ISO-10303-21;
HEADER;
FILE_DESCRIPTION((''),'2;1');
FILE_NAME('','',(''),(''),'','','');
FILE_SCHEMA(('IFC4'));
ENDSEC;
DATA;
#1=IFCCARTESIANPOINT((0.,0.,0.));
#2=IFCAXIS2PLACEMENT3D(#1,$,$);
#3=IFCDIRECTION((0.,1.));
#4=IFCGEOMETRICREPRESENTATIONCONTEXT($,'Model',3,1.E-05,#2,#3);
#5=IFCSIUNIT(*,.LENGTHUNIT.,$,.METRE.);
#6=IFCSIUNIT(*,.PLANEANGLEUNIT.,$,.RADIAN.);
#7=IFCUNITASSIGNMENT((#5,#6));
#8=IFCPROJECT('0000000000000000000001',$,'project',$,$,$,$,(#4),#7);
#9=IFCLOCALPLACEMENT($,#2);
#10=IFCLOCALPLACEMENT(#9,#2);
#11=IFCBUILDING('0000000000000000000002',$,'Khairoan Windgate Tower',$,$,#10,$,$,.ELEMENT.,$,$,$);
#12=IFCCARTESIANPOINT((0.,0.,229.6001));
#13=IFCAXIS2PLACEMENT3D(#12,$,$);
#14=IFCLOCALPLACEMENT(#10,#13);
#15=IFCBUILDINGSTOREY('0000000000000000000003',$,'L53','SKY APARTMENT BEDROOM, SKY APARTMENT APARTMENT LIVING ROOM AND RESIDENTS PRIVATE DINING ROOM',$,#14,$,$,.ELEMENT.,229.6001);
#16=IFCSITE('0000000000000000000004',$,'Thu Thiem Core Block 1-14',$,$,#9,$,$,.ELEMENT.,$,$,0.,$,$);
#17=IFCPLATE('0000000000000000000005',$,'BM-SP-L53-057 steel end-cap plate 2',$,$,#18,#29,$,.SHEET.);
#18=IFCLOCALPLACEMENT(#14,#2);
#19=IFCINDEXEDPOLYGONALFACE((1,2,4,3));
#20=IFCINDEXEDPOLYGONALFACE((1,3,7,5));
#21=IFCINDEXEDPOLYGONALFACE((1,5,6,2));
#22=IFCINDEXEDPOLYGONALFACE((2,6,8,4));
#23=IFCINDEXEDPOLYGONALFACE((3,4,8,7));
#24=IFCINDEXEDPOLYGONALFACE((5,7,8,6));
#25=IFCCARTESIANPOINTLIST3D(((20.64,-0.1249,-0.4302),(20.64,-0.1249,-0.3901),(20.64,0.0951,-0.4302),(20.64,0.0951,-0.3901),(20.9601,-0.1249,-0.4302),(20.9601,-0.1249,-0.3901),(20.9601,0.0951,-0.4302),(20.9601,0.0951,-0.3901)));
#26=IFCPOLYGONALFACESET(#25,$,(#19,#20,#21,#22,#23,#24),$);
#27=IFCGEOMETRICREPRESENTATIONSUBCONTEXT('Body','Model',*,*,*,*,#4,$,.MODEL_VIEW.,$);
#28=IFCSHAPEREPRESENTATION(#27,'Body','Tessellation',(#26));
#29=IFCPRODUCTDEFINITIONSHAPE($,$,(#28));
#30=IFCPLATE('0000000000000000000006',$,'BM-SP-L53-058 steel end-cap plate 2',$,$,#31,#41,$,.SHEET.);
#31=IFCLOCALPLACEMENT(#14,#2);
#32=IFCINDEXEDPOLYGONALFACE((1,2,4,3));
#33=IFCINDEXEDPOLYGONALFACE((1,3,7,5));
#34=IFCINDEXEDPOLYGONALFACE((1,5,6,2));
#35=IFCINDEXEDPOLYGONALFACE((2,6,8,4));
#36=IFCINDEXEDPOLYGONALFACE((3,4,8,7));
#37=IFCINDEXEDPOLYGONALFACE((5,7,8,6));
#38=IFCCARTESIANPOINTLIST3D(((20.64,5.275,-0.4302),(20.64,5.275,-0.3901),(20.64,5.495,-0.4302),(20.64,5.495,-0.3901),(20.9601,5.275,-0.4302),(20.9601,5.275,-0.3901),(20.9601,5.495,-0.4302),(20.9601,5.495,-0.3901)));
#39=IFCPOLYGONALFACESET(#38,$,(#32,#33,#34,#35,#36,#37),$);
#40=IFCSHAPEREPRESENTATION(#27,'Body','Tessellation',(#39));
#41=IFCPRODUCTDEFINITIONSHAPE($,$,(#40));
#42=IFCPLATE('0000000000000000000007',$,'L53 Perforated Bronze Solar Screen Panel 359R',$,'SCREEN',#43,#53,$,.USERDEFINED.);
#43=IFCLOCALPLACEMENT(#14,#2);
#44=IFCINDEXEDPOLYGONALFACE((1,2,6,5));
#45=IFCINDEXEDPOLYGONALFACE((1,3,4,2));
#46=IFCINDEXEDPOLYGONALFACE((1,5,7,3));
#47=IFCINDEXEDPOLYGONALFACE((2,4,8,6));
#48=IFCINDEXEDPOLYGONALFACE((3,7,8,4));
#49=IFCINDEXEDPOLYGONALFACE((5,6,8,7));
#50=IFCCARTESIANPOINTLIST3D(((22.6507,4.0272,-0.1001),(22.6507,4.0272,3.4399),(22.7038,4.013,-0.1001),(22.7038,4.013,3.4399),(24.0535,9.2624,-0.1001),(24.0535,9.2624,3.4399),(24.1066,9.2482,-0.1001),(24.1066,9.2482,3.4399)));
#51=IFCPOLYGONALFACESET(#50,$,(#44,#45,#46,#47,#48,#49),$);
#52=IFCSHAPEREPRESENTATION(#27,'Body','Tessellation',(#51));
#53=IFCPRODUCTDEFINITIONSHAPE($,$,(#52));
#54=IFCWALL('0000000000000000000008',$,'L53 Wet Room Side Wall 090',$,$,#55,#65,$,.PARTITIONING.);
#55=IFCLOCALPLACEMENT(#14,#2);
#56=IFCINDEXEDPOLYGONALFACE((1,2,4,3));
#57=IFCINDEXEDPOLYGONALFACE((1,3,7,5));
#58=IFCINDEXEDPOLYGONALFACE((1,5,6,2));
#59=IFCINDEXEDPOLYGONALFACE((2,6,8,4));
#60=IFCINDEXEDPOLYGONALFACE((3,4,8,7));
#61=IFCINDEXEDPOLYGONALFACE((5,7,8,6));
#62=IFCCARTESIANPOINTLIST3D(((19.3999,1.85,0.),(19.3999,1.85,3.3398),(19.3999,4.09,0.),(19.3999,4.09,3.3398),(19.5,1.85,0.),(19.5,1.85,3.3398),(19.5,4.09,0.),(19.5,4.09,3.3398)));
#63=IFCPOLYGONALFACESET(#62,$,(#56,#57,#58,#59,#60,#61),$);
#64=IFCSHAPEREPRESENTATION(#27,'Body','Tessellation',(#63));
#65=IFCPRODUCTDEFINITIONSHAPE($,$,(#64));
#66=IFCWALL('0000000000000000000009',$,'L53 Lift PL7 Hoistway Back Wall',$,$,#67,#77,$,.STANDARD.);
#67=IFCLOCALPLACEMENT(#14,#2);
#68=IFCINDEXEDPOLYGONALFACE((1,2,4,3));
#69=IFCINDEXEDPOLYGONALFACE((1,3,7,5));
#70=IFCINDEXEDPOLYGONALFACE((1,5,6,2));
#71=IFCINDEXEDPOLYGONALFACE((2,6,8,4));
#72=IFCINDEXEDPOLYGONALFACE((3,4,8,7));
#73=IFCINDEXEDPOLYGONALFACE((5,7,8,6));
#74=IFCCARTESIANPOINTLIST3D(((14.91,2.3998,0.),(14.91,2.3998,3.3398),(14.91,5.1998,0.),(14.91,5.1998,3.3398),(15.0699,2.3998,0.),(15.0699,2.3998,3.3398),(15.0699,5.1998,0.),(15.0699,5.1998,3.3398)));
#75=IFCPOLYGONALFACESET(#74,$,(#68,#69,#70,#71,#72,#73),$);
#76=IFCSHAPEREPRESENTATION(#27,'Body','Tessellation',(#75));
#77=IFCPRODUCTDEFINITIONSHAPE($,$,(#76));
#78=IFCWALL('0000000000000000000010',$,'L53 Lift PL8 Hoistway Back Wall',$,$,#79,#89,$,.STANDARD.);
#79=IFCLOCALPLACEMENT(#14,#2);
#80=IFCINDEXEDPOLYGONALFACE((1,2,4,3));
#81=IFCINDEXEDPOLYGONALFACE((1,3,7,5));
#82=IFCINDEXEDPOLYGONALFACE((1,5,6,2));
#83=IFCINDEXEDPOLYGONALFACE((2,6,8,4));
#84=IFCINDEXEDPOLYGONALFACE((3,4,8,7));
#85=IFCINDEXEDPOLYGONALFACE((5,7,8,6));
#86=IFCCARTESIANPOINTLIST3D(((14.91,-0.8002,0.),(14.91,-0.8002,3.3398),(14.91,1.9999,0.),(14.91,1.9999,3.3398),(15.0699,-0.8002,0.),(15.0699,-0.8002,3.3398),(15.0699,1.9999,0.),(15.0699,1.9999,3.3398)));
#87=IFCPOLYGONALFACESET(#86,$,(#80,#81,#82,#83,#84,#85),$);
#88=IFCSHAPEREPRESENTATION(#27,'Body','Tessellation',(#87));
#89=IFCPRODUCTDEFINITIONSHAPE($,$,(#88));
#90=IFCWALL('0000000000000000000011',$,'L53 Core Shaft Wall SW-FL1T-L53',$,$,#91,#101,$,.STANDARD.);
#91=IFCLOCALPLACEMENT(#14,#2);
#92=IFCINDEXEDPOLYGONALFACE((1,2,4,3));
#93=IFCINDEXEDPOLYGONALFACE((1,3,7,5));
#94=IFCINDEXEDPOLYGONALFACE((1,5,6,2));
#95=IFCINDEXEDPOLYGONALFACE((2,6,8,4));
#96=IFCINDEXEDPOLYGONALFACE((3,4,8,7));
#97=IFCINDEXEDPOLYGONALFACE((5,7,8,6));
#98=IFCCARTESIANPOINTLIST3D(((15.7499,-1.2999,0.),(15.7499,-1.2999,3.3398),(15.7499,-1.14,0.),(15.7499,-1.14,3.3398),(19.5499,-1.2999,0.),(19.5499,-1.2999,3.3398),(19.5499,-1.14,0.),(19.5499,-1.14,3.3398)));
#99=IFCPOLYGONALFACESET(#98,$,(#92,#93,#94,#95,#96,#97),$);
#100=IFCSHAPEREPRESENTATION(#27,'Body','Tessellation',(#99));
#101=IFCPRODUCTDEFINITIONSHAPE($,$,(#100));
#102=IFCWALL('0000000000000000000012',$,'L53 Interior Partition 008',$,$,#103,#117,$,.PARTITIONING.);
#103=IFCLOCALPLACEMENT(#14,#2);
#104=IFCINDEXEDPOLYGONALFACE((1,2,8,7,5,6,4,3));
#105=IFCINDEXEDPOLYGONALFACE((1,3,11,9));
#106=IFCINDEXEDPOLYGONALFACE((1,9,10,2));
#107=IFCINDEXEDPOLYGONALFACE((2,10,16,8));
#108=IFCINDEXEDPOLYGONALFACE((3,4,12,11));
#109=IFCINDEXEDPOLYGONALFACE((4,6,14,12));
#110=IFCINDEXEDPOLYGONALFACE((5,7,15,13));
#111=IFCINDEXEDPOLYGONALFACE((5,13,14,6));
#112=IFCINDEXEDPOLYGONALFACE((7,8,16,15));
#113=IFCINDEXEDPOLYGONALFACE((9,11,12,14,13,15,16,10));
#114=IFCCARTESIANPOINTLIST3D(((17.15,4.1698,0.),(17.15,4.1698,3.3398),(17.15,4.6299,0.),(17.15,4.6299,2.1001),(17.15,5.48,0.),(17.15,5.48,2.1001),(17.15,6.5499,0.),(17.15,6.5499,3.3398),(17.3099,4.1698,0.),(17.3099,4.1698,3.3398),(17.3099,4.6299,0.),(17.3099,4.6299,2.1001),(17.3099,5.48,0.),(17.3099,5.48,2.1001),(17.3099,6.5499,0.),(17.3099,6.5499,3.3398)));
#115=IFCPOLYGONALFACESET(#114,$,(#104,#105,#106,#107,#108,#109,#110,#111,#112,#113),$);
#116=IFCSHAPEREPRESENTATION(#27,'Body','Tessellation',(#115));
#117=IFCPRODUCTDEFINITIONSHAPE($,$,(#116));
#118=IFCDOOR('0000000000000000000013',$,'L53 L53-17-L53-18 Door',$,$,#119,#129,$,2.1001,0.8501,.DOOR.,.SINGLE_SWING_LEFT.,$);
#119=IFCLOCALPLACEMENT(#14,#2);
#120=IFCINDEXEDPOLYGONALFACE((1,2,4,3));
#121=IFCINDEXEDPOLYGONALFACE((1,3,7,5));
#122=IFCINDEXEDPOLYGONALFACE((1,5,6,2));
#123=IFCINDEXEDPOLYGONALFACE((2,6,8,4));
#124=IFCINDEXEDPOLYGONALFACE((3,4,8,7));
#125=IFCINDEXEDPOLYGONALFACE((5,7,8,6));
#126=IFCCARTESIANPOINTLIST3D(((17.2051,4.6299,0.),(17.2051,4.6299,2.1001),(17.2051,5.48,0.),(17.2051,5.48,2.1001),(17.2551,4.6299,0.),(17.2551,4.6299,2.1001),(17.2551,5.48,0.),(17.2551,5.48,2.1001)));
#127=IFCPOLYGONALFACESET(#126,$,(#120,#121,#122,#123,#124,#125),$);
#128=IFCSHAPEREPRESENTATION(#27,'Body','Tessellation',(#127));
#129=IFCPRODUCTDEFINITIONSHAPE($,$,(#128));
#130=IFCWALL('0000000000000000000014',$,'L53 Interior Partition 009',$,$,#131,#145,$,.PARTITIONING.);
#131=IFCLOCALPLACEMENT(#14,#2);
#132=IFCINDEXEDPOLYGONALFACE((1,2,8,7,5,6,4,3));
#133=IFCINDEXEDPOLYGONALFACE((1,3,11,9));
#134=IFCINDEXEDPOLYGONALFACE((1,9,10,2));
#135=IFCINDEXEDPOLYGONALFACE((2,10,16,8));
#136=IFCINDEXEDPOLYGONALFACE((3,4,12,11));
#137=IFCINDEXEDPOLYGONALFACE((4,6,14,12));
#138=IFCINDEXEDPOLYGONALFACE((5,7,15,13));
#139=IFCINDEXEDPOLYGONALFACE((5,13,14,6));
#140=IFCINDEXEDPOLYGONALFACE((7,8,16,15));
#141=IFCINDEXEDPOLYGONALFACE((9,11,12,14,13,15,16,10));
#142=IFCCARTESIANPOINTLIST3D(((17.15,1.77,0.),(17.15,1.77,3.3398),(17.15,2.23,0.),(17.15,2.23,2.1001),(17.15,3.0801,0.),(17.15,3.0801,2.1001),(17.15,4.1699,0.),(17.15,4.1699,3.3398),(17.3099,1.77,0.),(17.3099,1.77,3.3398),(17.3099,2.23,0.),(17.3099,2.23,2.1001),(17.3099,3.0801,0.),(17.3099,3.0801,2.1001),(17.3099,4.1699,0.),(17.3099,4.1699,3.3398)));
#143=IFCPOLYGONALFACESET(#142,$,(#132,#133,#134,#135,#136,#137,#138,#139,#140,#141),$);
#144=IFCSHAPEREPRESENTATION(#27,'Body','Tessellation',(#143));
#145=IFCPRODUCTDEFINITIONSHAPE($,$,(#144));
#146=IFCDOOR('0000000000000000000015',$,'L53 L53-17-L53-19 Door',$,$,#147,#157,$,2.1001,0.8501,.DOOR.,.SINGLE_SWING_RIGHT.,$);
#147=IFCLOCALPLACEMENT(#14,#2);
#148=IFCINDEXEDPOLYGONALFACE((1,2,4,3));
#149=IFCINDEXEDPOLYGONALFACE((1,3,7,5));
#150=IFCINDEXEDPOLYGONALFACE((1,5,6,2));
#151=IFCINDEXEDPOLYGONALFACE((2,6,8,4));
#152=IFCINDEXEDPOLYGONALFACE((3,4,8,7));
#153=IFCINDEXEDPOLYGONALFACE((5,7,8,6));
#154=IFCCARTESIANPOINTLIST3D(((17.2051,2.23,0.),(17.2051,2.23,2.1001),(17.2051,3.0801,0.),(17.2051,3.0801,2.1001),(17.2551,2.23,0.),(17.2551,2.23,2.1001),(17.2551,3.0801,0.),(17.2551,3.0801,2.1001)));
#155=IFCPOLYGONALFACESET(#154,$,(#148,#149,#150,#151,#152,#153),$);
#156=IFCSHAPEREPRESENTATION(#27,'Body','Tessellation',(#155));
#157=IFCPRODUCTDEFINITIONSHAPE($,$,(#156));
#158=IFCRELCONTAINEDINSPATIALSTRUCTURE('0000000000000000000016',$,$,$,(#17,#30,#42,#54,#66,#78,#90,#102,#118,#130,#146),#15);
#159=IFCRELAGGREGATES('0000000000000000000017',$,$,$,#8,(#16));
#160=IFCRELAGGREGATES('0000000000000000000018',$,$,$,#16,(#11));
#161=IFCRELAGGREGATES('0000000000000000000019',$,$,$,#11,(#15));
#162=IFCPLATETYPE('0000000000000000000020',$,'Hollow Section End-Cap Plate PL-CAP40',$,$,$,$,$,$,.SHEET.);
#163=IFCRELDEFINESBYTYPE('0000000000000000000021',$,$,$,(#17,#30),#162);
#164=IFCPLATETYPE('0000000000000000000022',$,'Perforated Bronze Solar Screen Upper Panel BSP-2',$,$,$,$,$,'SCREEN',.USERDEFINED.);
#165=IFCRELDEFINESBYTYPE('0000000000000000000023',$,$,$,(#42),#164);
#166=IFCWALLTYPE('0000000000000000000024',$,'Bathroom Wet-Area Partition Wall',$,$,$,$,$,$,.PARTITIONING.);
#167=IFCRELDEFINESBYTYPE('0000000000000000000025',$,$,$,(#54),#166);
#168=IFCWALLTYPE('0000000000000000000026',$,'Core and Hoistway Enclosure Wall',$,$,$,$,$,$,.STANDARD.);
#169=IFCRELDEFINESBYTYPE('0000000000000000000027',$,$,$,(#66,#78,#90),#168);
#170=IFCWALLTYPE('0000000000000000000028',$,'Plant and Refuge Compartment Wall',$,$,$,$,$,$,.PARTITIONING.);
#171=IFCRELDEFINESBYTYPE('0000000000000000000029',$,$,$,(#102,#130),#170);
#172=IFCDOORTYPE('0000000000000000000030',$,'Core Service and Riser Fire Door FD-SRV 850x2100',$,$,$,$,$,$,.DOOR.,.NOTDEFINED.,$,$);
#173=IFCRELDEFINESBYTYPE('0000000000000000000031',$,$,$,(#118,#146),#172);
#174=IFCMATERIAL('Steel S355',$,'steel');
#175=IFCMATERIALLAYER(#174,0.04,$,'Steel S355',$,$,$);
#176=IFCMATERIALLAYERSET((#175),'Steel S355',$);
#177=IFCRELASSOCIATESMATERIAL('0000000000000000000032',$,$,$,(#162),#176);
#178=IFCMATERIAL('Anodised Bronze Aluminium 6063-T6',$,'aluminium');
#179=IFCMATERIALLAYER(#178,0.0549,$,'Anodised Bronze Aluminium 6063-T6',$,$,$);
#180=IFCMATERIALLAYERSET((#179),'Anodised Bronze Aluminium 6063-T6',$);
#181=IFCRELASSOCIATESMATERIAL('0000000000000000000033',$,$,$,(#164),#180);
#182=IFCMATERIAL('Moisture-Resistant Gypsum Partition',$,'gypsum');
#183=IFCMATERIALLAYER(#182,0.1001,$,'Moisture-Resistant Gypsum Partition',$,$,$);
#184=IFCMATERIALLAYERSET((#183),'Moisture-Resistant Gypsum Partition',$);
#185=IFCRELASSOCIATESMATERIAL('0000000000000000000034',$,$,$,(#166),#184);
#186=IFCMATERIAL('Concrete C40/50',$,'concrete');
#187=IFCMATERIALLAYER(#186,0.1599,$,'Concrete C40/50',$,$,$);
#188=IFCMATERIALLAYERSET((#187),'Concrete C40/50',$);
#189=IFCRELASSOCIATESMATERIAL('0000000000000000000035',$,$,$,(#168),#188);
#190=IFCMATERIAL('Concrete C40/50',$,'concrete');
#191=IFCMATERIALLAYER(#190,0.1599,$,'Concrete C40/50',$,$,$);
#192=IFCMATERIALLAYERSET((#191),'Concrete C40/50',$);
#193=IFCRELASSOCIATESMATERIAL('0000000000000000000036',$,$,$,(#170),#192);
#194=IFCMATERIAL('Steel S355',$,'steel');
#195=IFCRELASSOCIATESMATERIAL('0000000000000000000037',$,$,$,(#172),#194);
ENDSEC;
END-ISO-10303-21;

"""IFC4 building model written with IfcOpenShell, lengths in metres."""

from ifc_helpers import new_model, si_unit, direction, frame, frame_2d, origin, origin_2d, place, context, subcontext, project, spatial, rectangle, extrude, material, layer, layer_set, type_object, element, fill, save


model = new_model("IFC4")

# Units and contexts
model_context = context("Model", 3, precision=1e-05, world=origin(), true_north=direction((0.0, 1.0)))
body_context = subcontext(model_context, "Body", "Model", "MODEL_VIEW")
ifc_project = project(units=[si_unit("LENGTHUNIT", "METRE"), si_unit("PLANEANGLEUNIT", "RADIAN")], contexts=[model_context])

# Site, building, storey
site_placement = place(None, origin())
site = spatial("IfcSite", under=ifc_project, at=site_placement, Name="Thu Thiem Core Block 1-14", CompositionType="ELEMENT", RefElevation=0.0)
building_placement = place(site_placement, origin())
building = spatial("IfcBuilding", under=site, at=building_placement, Name="Khairoan Windgate Tower", CompositionType="ELEMENT")
storey_placement = place(building_placement, frame((0.0, 0.0, 229.6001)))
storey = spatial("IfcBuildingStorey", under=building, at=storey_placement, Name="L53", Description="SKY APARTMENT BEDROOM, SKY APARTMENT APARTMENT LIVING ROOM AND RESIDENTS PRIVATE DINING ROOM", CompositionType="ELEMENT", Elevation=229.6001)

# Plates
ifc_material_1 = material(Name="Steel S355", Category="steel")
ifc_layer_1 = layer(ifc_material_1, 0.04, Name="Steel S355")
ifc_layer_set_1 = layer_set([ifc_layer_1], Name="Steel S355")
plate_type_1 = type_object("IfcPlateType", Name="Hollow Section End-Cap Plate PL-CAP40", PredefinedType="SHEET", material=ifc_layer_set_1)
for number, where, z_axis, x_axis, name in (
    (1, (20.8, -0.0149, -0.4302), (0.0, 0.0, 1.0), (0.0, 1.0, 0.0), "BM-SP-L53-057 steel end-cap plate 2"),
    (2, (20.8, 5.385, -0.4302), (0.0, 0.0, 1.0), (0.0, 1.0, 0.0), "BM-SP-L53-058 steel end-cap plate 2"),
):
    element("IfcPlate", number, at=place(storey_placement, frame(where, z_axis=z_axis, x_axis=x_axis)), inside=storey, type_object=plate_type_1, Name=name, PredefinedType="SHEET", context=body_context, shape_type="SweptSolid", body=[
        extrude(rectangle(XDim=0.22, YDim=0.3201, at=origin_2d()), origin(), (0.0, 0.0, 1.0), 0.04),
    ])
ifc_material_2 = material(Name="Anodised Bronze Aluminium 6063-T6", Category="aluminium")
ifc_layer_2 = layer(ifc_material_2, 0.0549, Name="Anodised Bronze Aluminium 6063-T6")
ifc_layer_set_2 = layer_set([ifc_layer_2], Name="Anodised Bronze Aluminium 6063-T6")
plate_type_2 = type_object("IfcPlateType", Name="Perforated Bronze Solar Screen Upper Panel BSP-2", ElementType="SCREEN", PredefinedType="USERDEFINED", material=ifc_layer_set_2)
plate_placement = place(storey_placement, frame((23.3787, 6.6377, -0.1001), z_axis=(0.0, 0.0, 1.0), x_axis=(-0.258819, -0.965926, 0.0)))
element("IfcPlate", 3, at=plate_placement, inside=storey, type_object=plate_type_2, Name="L53 Perforated Bronze Solar Screen Panel 359R", ObjectType="SCREEN", PredefinedType="USERDEFINED", context=body_context, shape_type="SweptSolid", body=[
    extrude(rectangle(XDim=5.4199, YDim=0.0549, at=origin_2d()), origin(), (0.0, 0.0, 1.0), 3.54),
])

# Walls
ifc_material_3 = material(Name="Moisture-Resistant Gypsum Partition", Category="gypsum")
ifc_layer_3 = layer(ifc_material_3, 0.1001, Name="Moisture-Resistant Gypsum Partition")
ifc_layer_set_3 = layer_set([ifc_layer_3], Name="Moisture-Resistant Gypsum Partition")
wall_type_1 = type_object("IfcWallType", Name="Bathroom Wet-Area Partition Wall", PredefinedType="PARTITIONING", material=ifc_layer_set_3)
wall_1_placement = place(storey_placement, frame((19.45, 4.0901, 0.0), z_axis=(0.0, 0.0, 1.0), x_axis=(0.0, -1.0, 0.0)))
element("IfcWall", 4, at=wall_1_placement, inside=storey, type_object=wall_type_1, Name="L53 Wet Room Side Wall 090", PredefinedType="PARTITIONING", context=body_context, shape_type="SweptSolid", body=[
    extrude(rectangle(XDim=2.24, YDim=0.1001, at=frame_2d((1.1201, 0.0))), origin(), (0.0, 0.0, 1.0), 3.3398),
])
ifc_material_4 = material(Name="Concrete C40/50", Category="concrete")
ifc_layer_4 = layer(ifc_material_4, 0.1599, Name="Concrete C40/50")
ifc_layer_set_4 = layer_set([ifc_layer_4], Name="Concrete C40/50")
wall_type_2 = type_object("IfcWallType", Name="Core and Hoistway Enclosure Wall", PredefinedType="STANDARD", material=ifc_layer_set_4)
for number, where, z_axis, x_axis, name in (
    (5, (14.99, 2.3999, 0.0), (0.0, 0.0, 1.0), (0.0, 1.0, 0.0), "L53 Lift PL7 Hoistway Back Wall"),
    (6, (14.99, -0.8, 0.0), (0.0, 0.0, 1.0), (0.0, 1.0, 0.0), "L53 Lift PL8 Hoistway Back Wall"),
):
    element("IfcWall", number, at=place(storey_placement, frame(where, z_axis=z_axis, x_axis=x_axis)), inside=storey, type_object=wall_type_2, Name=name, PredefinedType="STANDARD", context=body_context, shape_type="SweptSolid", body=[
        extrude(rectangle(XDim=2.8, YDim=0.1599, at=frame_2d((1.3999, 0.0))), origin(), (0.0, 0.0, 1.0), 3.3398),
    ])
wall_2_placement = place(storey_placement, frame((15.75, -1.22, 0.0), z_axis=(0.0, 0.0, 1.0), x_axis=(1.0, 0.0, 0.0)))
element("IfcWall", 7, at=wall_2_placement, inside=storey, type_object=wall_type_2, Name="L53 Core Shaft Wall SW-FL1T-L53", PredefinedType="STANDARD", context=body_context, shape_type="SweptSolid", body=[
    extrude(rectangle(XDim=3.8, YDim=0.1599, at=frame_2d((1.8999, 0.0))), origin(), (0.0, 0.0, 1.0), 3.3398),
])

# Walls, openings, doors
ifc_material_5 = material(Name="Concrete C40/50", Category="concrete")
ifc_layer_5 = layer(ifc_material_5, 0.1599, Name="Concrete C40/50")
ifc_layer_set_5 = layer_set([ifc_layer_5], Name="Concrete C40/50")
wall_type_3 = type_object("IfcWallType", Name="Plant and Refuge Compartment Wall", PredefinedType="PARTITIONING", material=ifc_layer_set_5)
wall_3_placement = place(storey_placement, frame((17.23, 4.1699, 0.0), z_axis=(0.0, 0.0, 1.0), x_axis=(0.0, 1.0, 0.0)))
wall_3 = element("IfcWall", 8, at=wall_3_placement, inside=storey, type_object=wall_type_3, Name="L53 Interior Partition 008", PredefinedType="PARTITIONING", context=body_context, shape_type="SweptSolid", body=[
    extrude(rectangle(XDim=2.3801, YDim=0.1599, at=frame_2d((1.1899, 0.0))), origin(), (0.0, 0.0, 1.0), 3.3398),
])
opening_1_placement = place(wall_3_placement, frame((0.46, 0.0, 0.0)))
opening_1 = element("IfcOpeningElement", 9, at=opening_1_placement, cuts=wall_3, PredefinedType="OPENING", context=body_context, shape_type="SweptSolid", body=[
    extrude(rectangle(XDim=0.8501, YDim=2.1001, at=frame_2d((0.425, 1.05))), frame((0.0, 0.0898, 0.0), z_axis=(0.0, -1.0, 0.0), x_axis=(1.0, 0.0, 0.0)), (0.0, 0.0, 1.0), 0.1799),
])
ifc_material_6 = material(Name="Steel S355", Category="steel")
door_type = type_object("IfcDoorType", Name="Core Service and Riser Fire Door FD-SRV 850x2100", OperationType="NOTDEFINED", PredefinedType="DOOR", material=ifc_material_6)
door_1_placement = place(opening_1_placement, origin())
door_1 = element("IfcDoor", 10, at=door_1_placement, inside=storey, type_object=door_type, Name="L53 L53-17-L53-18 Door", OperationType="SINGLE_SWING_LEFT", OverallHeight=2.1001, OverallWidth=0.8501, PredefinedType="DOOR", context=body_context, shape_type="SweptSolid", body=[
    extrude(rectangle(XDim=0.8501, YDim=2.1001, at=frame_2d((0.425, 1.05))), frame((0.0, 0.0249, 0.0), z_axis=(0.0, -1.0, 0.0), x_axis=(1.0, 0.0, 0.0)), (0.0, 0.0, 1.0), 0.05),
])
fill(opening_1, door_1)
wall_4_placement = place(storey_placement, frame((17.23, 1.77, 0.0), z_axis=(0.0, 0.0, 1.0), x_axis=(0.0, 1.0, 0.0)))
wall_4 = element("IfcWall", 11, at=wall_4_placement, inside=storey, type_object=wall_type_3, Name="L53 Interior Partition 009", PredefinedType="PARTITIONING", context=body_context, shape_type="SweptSolid", body=[
    extrude(rectangle(XDim=2.3999, YDim=0.1599, at=frame_2d((1.2, 0.0))), origin(), (0.0, 0.0, 1.0), 3.3398),
])
opening_2_placement = place(wall_4_placement, frame((0.46, 0.0, 0.0)))
opening_2 = element("IfcOpeningElement", 12, at=opening_2_placement, cuts=wall_4, PredefinedType="OPENING", context=body_context, shape_type="SweptSolid", body=[
    extrude(rectangle(XDim=0.8501, YDim=2.1001, at=frame_2d((0.425, 1.05))), frame((0.0, 0.0898, 0.0), z_axis=(0.0, -1.0, 0.0), x_axis=(1.0, 0.0, 0.0)), (0.0, 0.0, 1.0), 0.1799),
])
door_2_placement = place(opening_2_placement, origin())
door_2 = element("IfcDoor", 13, at=door_2_placement, inside=storey, type_object=door_type, Name="L53 L53-17-L53-19 Door", OperationType="SINGLE_SWING_RIGHT", OverallHeight=2.1001, OverallWidth=0.8501, PredefinedType="DOOR", context=body_context, shape_type="SweptSolid", body=[
    extrude(rectangle(XDim=0.8501, YDim=2.1001, at=frame_2d((0.425, 1.05))), frame((0.0, 0.0249, 0.0), z_axis=(0.0, -1.0, 0.0), x_axis=(1.0, 0.0, 0.0)), (0.0, 0.0, 1.0), 0.05),
])
fill(opening_2, door_2)

save(model, "model.ifc")
